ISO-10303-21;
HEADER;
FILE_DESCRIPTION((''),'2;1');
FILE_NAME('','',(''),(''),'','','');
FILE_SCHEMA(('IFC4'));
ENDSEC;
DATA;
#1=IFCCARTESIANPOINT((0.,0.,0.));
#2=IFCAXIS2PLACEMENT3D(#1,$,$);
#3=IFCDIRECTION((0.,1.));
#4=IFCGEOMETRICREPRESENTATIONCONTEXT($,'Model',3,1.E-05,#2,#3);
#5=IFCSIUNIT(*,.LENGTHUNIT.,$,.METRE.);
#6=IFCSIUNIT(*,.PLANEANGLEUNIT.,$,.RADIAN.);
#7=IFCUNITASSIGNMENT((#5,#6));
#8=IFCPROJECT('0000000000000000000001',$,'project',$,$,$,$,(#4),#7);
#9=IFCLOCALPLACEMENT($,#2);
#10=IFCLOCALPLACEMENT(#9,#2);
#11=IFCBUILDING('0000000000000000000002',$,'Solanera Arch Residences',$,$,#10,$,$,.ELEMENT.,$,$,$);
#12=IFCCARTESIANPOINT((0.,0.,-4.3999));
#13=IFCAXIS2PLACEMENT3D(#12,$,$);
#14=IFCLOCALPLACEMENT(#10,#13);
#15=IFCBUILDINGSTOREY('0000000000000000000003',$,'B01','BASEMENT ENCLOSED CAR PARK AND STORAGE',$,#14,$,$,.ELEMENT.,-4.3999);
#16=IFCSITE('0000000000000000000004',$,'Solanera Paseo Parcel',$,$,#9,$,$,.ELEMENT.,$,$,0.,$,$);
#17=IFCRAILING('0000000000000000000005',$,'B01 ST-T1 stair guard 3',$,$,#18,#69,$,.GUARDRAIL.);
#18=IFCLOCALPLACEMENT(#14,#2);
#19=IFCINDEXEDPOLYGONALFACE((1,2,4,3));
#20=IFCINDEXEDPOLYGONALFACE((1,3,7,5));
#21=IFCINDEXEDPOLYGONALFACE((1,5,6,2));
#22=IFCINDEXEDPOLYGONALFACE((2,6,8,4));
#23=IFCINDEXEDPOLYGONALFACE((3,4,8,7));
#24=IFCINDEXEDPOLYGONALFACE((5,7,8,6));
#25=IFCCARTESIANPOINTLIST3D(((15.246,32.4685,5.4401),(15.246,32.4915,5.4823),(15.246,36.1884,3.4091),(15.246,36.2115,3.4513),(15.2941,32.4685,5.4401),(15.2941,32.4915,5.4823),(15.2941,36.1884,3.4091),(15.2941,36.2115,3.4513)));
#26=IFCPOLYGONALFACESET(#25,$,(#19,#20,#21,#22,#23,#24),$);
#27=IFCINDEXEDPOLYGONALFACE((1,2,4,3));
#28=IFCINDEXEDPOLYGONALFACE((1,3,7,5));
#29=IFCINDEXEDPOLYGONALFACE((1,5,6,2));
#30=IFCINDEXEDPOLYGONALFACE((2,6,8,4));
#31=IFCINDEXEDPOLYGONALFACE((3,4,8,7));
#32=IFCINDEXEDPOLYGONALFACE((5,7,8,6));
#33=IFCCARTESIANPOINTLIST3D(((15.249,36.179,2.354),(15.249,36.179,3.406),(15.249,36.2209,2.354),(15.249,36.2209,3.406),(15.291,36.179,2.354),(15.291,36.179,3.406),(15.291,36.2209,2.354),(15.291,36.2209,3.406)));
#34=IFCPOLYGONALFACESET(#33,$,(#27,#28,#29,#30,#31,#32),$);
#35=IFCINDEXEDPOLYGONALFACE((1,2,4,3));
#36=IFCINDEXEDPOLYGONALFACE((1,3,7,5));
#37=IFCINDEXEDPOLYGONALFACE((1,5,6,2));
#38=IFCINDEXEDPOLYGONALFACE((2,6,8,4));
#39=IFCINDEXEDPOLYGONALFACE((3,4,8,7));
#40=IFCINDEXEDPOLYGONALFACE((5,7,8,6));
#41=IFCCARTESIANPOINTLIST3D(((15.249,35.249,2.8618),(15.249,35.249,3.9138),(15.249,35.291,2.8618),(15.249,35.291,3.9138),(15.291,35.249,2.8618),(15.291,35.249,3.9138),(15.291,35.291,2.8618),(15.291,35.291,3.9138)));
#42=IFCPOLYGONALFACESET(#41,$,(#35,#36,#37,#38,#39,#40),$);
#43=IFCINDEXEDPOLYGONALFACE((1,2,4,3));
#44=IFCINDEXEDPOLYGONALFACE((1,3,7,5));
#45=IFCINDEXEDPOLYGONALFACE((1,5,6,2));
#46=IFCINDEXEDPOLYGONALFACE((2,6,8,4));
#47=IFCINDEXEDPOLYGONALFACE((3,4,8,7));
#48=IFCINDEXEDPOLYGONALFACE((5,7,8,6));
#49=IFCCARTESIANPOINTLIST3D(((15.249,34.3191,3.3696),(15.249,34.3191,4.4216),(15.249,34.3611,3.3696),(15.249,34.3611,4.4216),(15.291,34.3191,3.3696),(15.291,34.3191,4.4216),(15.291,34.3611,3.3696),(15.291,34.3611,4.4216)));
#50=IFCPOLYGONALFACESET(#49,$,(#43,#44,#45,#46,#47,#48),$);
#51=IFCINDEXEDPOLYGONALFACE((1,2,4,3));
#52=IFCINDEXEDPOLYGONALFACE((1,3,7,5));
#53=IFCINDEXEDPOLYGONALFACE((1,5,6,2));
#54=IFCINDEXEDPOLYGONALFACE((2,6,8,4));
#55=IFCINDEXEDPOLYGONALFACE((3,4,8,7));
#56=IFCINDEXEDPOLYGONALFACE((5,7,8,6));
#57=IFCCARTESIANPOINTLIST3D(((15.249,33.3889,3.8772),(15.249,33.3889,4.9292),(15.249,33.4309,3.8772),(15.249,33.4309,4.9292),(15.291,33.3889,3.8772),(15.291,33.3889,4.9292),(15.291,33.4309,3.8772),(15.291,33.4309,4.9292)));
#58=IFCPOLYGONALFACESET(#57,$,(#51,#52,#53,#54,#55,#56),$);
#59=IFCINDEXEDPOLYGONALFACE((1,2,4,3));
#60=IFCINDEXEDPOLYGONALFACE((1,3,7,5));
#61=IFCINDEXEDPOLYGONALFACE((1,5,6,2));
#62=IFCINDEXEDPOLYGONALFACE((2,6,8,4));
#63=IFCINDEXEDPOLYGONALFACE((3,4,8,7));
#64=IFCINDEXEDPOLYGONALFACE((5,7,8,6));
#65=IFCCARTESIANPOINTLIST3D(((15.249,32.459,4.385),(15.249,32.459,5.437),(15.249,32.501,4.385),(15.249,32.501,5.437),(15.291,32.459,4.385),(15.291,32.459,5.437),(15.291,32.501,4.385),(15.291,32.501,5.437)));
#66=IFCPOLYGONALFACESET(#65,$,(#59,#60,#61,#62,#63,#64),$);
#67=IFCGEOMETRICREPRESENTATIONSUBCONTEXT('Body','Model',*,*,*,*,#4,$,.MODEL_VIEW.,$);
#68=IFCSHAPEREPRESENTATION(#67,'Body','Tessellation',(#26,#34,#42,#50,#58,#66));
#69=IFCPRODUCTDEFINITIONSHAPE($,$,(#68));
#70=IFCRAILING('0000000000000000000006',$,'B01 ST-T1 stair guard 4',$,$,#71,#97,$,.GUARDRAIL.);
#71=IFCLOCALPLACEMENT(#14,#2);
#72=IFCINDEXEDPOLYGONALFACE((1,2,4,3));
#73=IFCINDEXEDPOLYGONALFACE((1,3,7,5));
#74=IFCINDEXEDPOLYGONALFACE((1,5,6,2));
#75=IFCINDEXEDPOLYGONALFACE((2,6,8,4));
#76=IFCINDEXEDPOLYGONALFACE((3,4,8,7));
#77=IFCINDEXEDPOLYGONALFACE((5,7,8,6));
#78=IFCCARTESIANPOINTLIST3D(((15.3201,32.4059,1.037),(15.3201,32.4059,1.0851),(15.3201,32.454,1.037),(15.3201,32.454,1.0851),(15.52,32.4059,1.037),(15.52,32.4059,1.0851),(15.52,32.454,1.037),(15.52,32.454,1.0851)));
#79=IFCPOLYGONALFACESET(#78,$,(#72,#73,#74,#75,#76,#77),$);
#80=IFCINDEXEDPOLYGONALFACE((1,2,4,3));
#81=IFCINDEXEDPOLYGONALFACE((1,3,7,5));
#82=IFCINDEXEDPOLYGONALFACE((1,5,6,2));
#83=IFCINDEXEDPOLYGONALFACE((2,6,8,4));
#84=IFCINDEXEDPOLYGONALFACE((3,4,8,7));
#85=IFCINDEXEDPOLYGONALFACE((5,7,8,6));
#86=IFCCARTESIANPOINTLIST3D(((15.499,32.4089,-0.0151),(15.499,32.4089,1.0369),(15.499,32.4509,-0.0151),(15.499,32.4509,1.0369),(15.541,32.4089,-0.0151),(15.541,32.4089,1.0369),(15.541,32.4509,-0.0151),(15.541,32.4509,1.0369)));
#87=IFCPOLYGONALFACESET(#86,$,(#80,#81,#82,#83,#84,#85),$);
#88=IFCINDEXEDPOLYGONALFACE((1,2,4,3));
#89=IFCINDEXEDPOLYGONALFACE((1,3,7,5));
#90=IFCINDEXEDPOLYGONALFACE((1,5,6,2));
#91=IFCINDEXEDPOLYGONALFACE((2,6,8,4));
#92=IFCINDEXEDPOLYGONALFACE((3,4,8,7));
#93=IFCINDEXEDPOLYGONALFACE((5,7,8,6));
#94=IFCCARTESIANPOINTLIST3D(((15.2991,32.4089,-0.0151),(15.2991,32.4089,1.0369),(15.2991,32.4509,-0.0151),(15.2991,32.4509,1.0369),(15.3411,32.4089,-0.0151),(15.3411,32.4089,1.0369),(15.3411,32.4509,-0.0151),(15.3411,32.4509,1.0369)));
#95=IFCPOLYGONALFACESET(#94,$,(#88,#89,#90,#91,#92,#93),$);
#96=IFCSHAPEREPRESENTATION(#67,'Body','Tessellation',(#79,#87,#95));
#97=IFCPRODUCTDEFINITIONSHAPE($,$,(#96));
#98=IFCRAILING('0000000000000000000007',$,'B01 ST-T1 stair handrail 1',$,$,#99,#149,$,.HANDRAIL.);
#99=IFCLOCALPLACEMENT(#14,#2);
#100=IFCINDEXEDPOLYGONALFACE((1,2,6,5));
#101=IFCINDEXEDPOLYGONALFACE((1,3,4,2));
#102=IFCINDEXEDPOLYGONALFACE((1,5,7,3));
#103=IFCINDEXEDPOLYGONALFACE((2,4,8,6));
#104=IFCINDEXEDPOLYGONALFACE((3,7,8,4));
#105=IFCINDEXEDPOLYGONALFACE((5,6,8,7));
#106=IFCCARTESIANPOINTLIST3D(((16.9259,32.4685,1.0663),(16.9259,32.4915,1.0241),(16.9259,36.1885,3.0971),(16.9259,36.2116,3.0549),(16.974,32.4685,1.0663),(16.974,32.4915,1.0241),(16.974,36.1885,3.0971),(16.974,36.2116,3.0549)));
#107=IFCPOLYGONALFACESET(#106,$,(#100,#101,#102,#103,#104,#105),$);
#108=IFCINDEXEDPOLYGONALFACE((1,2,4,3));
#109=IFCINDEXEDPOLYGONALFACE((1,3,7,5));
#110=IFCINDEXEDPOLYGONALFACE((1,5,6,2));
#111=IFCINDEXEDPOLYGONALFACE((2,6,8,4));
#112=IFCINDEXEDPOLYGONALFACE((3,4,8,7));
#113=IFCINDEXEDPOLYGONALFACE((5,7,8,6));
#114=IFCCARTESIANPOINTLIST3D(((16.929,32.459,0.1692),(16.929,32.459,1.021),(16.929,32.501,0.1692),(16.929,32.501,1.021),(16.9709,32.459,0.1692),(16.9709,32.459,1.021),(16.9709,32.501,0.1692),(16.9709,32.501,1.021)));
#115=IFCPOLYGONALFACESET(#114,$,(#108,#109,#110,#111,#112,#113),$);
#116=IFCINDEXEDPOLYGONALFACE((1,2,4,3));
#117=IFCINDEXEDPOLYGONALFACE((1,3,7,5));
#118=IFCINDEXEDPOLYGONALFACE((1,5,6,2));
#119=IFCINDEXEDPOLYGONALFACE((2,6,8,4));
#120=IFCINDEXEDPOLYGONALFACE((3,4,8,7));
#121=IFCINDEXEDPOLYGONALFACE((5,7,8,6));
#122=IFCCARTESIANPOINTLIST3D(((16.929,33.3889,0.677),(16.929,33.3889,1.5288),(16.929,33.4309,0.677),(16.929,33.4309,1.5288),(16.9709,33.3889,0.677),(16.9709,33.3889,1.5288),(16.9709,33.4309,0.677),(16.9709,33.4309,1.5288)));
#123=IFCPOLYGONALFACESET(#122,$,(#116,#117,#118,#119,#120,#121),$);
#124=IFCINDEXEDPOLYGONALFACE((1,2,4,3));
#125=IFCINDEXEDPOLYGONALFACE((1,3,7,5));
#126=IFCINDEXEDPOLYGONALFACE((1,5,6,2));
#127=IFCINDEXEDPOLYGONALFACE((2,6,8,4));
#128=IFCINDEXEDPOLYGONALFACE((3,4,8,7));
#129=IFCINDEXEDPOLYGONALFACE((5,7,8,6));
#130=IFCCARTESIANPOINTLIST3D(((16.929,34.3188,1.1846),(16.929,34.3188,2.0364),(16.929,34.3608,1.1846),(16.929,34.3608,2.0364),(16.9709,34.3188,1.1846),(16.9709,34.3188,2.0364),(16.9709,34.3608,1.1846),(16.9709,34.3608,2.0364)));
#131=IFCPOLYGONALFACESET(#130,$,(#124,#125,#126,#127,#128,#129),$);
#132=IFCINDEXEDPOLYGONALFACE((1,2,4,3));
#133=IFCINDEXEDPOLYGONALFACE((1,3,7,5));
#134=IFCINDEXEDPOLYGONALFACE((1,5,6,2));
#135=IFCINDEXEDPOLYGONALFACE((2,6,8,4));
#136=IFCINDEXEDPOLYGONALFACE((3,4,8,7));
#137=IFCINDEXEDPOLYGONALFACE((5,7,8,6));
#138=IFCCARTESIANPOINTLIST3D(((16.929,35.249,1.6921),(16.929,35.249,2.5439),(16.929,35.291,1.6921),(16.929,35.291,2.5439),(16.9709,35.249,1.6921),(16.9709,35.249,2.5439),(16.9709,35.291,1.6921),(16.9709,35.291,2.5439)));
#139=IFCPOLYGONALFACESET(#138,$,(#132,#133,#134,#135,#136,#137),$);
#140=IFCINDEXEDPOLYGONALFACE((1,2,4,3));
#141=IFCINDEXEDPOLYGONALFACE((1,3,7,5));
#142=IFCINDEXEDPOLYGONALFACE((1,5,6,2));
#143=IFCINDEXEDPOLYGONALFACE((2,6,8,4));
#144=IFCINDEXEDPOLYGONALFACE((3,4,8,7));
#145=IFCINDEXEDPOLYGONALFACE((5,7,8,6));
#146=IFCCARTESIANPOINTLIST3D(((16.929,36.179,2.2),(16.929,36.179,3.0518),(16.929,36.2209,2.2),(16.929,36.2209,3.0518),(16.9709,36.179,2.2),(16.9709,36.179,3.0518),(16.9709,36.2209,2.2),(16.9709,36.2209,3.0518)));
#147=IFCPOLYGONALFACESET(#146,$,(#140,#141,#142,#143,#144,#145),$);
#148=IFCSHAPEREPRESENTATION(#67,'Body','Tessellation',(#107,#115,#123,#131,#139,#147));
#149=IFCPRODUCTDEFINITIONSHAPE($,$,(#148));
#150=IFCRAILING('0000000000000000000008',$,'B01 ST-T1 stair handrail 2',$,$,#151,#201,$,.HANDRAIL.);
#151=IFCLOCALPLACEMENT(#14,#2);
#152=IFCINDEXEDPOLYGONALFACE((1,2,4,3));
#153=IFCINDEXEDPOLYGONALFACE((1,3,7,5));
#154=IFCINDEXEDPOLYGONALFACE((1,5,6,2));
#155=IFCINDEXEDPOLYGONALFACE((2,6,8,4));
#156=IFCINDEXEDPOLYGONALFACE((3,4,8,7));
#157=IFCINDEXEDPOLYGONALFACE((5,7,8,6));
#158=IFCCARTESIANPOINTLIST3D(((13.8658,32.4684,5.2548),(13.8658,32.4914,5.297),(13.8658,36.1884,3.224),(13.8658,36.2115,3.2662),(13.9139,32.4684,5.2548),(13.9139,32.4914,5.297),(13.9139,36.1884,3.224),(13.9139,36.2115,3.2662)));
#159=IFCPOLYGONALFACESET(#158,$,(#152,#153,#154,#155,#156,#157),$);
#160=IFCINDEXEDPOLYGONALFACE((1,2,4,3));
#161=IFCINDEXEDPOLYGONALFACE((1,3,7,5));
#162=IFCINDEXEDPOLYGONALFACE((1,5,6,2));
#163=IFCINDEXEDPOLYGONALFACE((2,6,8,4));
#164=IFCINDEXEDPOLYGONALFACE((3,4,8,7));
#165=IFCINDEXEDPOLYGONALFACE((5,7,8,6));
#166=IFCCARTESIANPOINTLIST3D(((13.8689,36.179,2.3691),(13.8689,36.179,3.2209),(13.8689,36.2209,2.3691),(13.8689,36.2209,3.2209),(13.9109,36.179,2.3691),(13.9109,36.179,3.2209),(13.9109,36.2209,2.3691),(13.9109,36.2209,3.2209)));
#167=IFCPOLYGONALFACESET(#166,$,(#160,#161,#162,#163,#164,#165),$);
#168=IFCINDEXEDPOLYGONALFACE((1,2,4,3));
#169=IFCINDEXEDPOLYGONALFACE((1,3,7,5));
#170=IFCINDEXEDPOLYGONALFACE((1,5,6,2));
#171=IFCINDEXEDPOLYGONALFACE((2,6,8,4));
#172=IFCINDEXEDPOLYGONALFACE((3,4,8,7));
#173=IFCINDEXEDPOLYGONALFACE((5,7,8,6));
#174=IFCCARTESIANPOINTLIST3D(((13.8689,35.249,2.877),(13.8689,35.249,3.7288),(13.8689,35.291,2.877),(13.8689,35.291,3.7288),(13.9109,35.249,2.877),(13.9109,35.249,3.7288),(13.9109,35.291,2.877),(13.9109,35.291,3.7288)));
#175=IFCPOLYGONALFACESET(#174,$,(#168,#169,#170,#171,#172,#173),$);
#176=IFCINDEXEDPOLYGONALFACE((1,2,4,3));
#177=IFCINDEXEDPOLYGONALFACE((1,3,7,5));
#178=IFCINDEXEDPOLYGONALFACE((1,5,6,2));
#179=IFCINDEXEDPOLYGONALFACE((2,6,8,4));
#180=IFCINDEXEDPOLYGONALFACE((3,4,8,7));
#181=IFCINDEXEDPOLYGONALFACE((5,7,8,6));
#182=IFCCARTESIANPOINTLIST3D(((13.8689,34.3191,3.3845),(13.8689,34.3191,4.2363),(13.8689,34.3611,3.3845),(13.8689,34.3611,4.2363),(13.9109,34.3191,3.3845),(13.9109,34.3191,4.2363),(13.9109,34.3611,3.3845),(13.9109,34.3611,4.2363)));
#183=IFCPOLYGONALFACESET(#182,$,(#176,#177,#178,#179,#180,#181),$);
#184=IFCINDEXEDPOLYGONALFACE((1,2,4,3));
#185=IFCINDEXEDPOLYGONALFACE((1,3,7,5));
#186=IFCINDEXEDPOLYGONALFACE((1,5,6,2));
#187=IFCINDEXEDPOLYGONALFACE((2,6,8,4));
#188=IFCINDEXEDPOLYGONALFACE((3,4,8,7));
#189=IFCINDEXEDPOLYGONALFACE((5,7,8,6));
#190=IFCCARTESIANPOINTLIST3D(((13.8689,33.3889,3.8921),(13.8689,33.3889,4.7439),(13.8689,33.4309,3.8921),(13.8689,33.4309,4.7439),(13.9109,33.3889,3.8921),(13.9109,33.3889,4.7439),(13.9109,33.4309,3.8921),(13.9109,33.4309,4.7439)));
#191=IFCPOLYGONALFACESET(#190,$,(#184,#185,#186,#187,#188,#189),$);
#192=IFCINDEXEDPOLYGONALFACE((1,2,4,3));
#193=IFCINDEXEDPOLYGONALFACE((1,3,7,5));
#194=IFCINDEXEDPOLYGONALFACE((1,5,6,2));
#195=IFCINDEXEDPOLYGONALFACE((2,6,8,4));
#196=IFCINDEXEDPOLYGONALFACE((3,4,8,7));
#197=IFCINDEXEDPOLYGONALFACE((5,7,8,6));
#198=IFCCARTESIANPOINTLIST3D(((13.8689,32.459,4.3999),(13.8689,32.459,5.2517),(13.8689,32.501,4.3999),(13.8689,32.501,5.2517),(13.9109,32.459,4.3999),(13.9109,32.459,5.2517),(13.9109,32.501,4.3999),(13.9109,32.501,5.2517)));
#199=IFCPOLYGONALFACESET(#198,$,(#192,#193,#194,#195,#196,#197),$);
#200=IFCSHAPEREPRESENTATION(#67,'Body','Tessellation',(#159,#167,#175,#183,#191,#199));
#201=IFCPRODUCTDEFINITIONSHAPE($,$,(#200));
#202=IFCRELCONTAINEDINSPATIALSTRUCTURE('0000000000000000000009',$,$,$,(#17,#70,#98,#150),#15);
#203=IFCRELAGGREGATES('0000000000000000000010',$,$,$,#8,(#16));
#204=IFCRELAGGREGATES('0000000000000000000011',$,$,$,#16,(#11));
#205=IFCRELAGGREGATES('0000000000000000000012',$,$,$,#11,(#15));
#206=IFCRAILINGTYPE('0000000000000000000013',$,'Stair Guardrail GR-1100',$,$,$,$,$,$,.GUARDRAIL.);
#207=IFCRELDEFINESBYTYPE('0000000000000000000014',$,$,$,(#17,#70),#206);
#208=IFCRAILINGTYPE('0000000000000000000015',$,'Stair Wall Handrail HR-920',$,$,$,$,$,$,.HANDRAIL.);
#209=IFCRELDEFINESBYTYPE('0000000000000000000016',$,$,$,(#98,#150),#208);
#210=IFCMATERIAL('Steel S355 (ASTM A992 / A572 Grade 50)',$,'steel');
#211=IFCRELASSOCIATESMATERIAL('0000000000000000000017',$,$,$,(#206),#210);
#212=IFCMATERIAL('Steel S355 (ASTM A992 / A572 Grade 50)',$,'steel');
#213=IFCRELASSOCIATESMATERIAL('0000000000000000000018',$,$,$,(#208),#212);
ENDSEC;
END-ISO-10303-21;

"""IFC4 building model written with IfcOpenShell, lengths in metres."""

from ifc_helpers import new_model, si_unit, direction, frame, origin, origin_2d, place, context, subcontext, project, spatial, rectangle, extrude, material, type_object, element, save


model = new_model("IFC4")

# Units and contexts
model_context = context("Model", 3, precision=1e-05, world=origin(), true_north=direction((0.0, 1.0)))
body_context = subcontext(model_context, "Body", "Model", "MODEL_VIEW")
ifc_project = project(units=[si_unit("LENGTHUNIT", "METRE"), si_unit("PLANEANGLEUNIT", "RADIAN")], contexts=[model_context])

# Site, building, storey
site_placement = place(None, origin())
site = spatial("IfcSite", under=ifc_project, at=site_placement, Name="Solanera Paseo Parcel", CompositionType="ELEMENT", RefElevation=0.0)
building_placement = place(site_placement, origin())
building = spatial("IfcBuilding", under=site, at=building_placement, Name="Solanera Arch Residences", CompositionType="ELEMENT")
storey_placement = place(building_placement, frame((0.0, 0.0, -4.3999)))
storey = spatial("IfcBuildingStorey", under=building, at=storey_placement, Name="B01", Description="BASEMENT ENCLOSED CAR PARK AND STORAGE", CompositionType="ELEMENT", Elevation=-4.3999)

# Railings
ifc_material_1 = material(Name="Steel S355 (ASTM A992 / A572 Grade 50)", Category="steel")
railing_type_1 = type_object("IfcRailingType", Name="Stair Guardrail GR-1100", PredefinedType="GUARDRAIL", material=ifc_material_1)
railing_1_placement = place(storey_placement, frame((15.27, 36.2, 2.354)))
element("IfcRailing", 1, at=railing_1_placement, inside=storey, type_object=railing_type_1, Name="B01 ST-T1 stair guard 3", PredefinedType="GUARDRAIL", context=body_context, shape_type="SweptSolid", body=[
    extrude(rectangle(XDim=0.0481, YDim=0.0481, at=origin_2d()), frame((0.0, 0.0, 1.0762), z_axis=(0.0, -0.877704, 0.479203), x_axis=(1.0, 0.0, 0.0)), (0.0, 0.0, 1.0), 4.2383),
    extrude(rectangle(XDim=0.042, YDim=0.042, at=origin_2d()), origin(), (0.0, 0.0, 1.0), 1.052),
    extrude(rectangle(XDim=0.042, YDim=0.042, at=origin_2d()), frame((0.0, -0.9299, 0.5078)), (0.0, 0.0, 1.0), 1.052),
    extrude(rectangle(XDim=0.042, YDim=0.042, at=origin_2d()), frame((0.0, -1.8599, 1.0156)), (0.0, 0.0, 1.0), 1.052),
    extrude(rectangle(XDim=0.042, YDim=0.042, at=origin_2d()), frame((0.0, -2.79, 1.5232)), (0.0, 0.0, 1.0), 1.052),
    extrude(rectangle(XDim=0.042, YDim=0.042, at=origin_2d()), frame((0.0, -3.72, 2.031)), (0.0, 0.0, 1.0), 1.052),
])
railing_2_placement = place(storey_placement, frame((15.52, 32.4299, -0.0151)))
element("IfcRailing", 2, at=railing_2_placement, inside=storey, type_object=railing_type_1, Name="B01 ST-T1 stair guard 4", PredefinedType="GUARDRAIL", context=body_context, shape_type="SweptSolid", body=[
    extrude(rectangle(XDim=0.0481, YDim=0.0481, at=origin_2d()), frame((0.0, 0.0, 1.0762), z_axis=(-1.0, 0.0, 0.0), x_axis=(0.0, -1.0, 0.0)), (0.0, 0.0, 1.0), 0.2),
    extrude(rectangle(XDim=0.042, YDim=0.042, at=origin_2d()), origin(), (0.0, 0.0, 1.0), 1.052),
    extrude(rectangle(XDim=0.042, YDim=0.042, at=origin_2d()), frame((-0.2, 0.0, 0.0)), (0.0, 0.0, 1.0), 1.052),
])
ifc_material_2 = material(Name="Steel S355 (ASTM A992 / A572 Grade 50)", Category="steel")
railing_type_2 = type_object("IfcRailingType", Name="Stair Wall Handrail HR-920", PredefinedType="HANDRAIL", material=ifc_material_2)
railing_3_placement = place(storey_placement, frame((16.95, 32.48, 0.1692)))
element("IfcRailing", 3, at=railing_3_placement, inside=storey, type_object=railing_type_2, Name="B01 ST-T1 stair handrail 1", PredefinedType="HANDRAIL", context=body_context, shape_type="SweptSolid", body=[
    extrude(rectangle(XDim=0.0481, YDim=0.0481, at=origin_2d()), frame((0.0, 0.0, 0.876), z_axis=(0.0, 0.877728, 0.479159), x_axis=(-1.0, 0.0, 0.0)), (0.0, 0.0, 1.0), 4.2383),
    extrude(rectangle(XDim=0.042, YDim=0.042, at=origin_2d()), origin(), (0.0, 0.0, 1.0), 0.8518),
    extrude(rectangle(XDim=0.042, YDim=0.042, at=origin_2d()), frame((0.0, 0.9299, 0.5078)), (0.0, 0.0, 1.0), 0.8518),
    extrude(rectangle(XDim=0.042, YDim=0.042, at=origin_2d()), frame((0.0, 1.8599, 1.0154)), (0.0, 0.0, 1.0), 0.8518),
    extrude(rectangle(XDim=0.042, YDim=0.042, at=origin_2d()), frame((0.0, 2.79, 1.5229)), (0.0, 0.0, 1.0), 0.8518),
    extrude(rectangle(XDim=0.042, YDim=0.042, at=origin_2d()), frame((0.0, 3.72, 2.0308)), (0.0, 0.0, 1.0), 0.8518),
])
railing_4_placement = place(storey_placement, frame((13.8899, 36.2, 2.3691)))
element("IfcRailing", 4, at=railing_4_placement, inside=storey, type_object=railing_type_2, Name="B01 ST-T1 stair handrail 2", PredefinedType="HANDRAIL", context=body_context, shape_type="SweptSolid", body=[
    extrude(rectangle(XDim=0.0481, YDim=0.0481, at=origin_2d()), frame((0.0, 0.0, 0.876), z_axis=(0.0, -0.877728, 0.479159), x_axis=(1.0, 0.0, 0.0)), (0.0, 0.0, 1.0), 4.2383),
    extrude(rectangle(XDim=0.042, YDim=0.042, at=origin_2d()), origin(), (0.0, 0.0, 1.0), 0.8518),
    extrude(rectangle(XDim=0.042, YDim=0.042, at=origin_2d()), frame((0.0, -0.9299, 0.5078)), (0.0, 0.0, 1.0), 0.8518),
    extrude(rectangle(XDim=0.042, YDim=0.042, at=origin_2d()), frame((0.0, -1.8599, 1.0154)), (0.0, 0.0, 1.0), 0.8518),
    extrude(rectangle(XDim=0.042, YDim=0.042, at=origin_2d()), frame((0.0, -2.79, 1.5229)), (0.0, 0.0, 1.0), 0.8518),
    extrude(rectangle(XDim=0.042, YDim=0.042, at=origin_2d()), frame((0.0, -3.72, 2.0308)), (0.0, 0.0, 1.0), 0.8518),
])

save(model, "model.ifc")
